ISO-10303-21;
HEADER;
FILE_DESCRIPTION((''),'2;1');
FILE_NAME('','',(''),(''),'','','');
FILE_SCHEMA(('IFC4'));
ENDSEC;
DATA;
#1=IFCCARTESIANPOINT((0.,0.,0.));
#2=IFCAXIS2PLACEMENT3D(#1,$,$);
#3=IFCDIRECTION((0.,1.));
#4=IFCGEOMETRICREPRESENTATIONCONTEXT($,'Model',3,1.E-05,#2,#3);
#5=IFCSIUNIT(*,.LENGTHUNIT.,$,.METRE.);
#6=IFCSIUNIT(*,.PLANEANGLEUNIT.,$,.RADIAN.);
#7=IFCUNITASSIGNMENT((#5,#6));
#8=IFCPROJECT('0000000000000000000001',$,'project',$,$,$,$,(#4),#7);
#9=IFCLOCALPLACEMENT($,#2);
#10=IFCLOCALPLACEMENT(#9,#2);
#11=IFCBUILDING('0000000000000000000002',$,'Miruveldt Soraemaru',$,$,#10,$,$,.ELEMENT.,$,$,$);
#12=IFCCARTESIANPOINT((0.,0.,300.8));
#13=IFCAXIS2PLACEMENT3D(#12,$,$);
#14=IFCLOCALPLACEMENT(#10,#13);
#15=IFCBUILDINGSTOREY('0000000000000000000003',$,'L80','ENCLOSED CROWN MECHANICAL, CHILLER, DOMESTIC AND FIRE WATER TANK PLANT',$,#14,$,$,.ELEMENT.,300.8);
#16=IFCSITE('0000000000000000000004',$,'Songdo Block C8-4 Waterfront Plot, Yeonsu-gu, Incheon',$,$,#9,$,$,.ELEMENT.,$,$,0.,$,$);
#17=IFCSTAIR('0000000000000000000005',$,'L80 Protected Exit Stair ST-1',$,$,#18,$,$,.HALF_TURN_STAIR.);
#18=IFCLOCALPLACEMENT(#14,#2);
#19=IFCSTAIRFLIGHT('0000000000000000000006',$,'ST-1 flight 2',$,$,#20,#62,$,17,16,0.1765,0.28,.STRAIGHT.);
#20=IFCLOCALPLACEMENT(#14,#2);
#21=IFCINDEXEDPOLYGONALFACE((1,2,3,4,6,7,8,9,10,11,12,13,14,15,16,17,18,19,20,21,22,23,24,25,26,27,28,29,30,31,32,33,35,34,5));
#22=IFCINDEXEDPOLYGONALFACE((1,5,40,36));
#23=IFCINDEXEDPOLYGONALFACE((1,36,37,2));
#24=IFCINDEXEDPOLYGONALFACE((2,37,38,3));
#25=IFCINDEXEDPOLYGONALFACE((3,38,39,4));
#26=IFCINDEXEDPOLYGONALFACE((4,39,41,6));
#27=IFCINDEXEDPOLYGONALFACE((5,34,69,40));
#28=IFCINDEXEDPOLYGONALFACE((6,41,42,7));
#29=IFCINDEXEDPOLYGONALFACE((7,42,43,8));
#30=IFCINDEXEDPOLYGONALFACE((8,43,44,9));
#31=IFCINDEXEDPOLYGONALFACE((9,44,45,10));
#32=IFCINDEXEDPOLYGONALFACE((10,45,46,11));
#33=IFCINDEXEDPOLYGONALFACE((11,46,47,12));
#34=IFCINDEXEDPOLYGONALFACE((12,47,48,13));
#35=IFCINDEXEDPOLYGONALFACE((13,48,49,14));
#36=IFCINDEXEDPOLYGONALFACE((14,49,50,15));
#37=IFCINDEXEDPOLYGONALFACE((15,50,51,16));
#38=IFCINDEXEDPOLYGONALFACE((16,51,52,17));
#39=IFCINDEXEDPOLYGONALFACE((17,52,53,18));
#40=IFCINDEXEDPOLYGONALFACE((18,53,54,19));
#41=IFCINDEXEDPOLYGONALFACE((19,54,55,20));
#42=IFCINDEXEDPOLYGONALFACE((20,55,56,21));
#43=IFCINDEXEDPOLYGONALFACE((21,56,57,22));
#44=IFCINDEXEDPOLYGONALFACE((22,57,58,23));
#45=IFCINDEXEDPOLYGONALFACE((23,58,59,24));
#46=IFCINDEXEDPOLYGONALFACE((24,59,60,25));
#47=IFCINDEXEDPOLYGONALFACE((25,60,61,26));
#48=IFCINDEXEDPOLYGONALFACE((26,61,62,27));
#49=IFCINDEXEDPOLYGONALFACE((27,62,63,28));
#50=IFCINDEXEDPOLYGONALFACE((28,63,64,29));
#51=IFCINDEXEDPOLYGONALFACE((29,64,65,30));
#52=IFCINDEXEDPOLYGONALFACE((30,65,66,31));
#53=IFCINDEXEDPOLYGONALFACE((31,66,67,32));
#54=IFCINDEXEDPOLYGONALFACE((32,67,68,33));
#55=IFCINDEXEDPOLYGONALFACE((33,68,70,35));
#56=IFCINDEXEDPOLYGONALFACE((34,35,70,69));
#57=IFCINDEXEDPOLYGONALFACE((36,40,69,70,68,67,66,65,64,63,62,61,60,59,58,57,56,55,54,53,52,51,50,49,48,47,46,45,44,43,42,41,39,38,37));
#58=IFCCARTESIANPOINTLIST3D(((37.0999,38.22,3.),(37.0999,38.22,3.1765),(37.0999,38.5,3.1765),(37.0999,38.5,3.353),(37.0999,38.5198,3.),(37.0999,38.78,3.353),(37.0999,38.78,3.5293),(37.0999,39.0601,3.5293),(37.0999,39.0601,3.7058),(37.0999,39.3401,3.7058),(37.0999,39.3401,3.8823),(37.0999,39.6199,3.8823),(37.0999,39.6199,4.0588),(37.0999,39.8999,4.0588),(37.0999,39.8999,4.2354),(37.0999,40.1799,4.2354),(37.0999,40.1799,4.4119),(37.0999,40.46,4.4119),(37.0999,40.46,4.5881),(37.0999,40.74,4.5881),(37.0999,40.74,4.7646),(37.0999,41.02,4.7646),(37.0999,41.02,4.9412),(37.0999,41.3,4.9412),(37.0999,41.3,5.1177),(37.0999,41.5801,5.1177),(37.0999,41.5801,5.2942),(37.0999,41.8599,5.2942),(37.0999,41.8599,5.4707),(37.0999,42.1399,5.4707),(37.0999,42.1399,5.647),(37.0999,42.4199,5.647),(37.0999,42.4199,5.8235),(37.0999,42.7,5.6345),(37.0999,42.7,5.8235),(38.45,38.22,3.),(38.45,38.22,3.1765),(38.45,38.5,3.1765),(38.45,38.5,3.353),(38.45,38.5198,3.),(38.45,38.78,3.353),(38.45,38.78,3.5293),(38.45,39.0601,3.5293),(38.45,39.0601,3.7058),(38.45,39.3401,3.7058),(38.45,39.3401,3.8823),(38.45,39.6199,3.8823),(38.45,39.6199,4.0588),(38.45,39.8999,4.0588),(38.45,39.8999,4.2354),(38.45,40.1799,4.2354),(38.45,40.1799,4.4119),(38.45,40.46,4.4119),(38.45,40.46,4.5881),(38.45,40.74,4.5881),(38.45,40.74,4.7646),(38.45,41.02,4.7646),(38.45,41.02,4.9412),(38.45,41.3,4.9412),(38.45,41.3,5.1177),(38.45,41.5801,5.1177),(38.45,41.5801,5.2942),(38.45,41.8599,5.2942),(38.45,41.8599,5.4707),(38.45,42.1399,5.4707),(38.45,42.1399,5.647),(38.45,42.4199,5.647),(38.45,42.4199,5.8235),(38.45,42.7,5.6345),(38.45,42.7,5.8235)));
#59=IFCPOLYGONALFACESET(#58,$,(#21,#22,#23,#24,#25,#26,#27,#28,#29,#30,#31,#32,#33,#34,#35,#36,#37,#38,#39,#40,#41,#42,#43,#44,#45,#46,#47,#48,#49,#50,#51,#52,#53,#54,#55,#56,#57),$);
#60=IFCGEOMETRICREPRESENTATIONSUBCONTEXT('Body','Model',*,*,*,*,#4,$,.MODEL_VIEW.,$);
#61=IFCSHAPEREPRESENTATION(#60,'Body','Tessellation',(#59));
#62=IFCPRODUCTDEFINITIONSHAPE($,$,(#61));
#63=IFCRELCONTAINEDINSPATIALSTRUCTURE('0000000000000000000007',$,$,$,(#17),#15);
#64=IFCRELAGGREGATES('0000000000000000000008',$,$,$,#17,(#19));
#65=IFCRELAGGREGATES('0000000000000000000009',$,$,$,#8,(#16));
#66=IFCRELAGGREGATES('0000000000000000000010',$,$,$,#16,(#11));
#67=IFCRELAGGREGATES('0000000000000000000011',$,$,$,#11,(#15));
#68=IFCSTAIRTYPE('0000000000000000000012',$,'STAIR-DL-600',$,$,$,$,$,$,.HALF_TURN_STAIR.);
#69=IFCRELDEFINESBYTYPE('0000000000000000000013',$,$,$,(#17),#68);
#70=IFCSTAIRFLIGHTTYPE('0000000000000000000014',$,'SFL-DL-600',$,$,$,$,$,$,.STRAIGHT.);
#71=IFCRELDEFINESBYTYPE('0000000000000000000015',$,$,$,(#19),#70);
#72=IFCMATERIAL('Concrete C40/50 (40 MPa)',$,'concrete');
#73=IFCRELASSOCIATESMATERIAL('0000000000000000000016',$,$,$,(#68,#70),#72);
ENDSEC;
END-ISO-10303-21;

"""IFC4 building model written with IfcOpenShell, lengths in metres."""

from ifc_helpers import new_model, si_unit, direction, frame, origin, place, context, subcontext, project, spatial, polyline, outline, extrude, material, type_object, element, aggregate, save


model = new_model("IFC4")

# Units and contexts
model_context = context("Model", 3, precision=1e-05, world=origin(), true_north=direction((0.0, 1.0)))
body_context = subcontext(model_context, "Body", "Model", "MODEL_VIEW")
ifc_project = project(units=[si_unit("LENGTHUNIT", "METRE"), si_unit("PLANEANGLEUNIT", "RADIAN")], contexts=[model_context])

# Site, building, storey
site_placement = place(None, origin())
site = spatial("IfcSite", under=ifc_project, at=site_placement, Name="Songdo Block C8-4 Waterfront Plot, Yeonsu-gu, Incheon", CompositionType="ELEMENT", RefElevation=0.0)
building_placement = place(site_placement, origin())
building = spatial("IfcBuilding", under=site, at=building_placement, Name="Miruveldt Soraemaru", CompositionType="ELEMENT")
storey_placement = place(building_placement, frame((0.0, 0.0, 300.8)))
storey = spatial("IfcBuildingStorey", under=building, at=storey_placement, Name="L80", Description="ENCLOSED CROWN MECHANICAL, CHILLER, DOMESTIC AND FIRE WATER TANK PLANT", CompositionType="ELEMENT", Elevation=300.8)

# Stair, stair flight
ifc_material_1 = material(Name="Concrete C40/50 (40 MPa)", Category="concrete")
stair_type = type_object("IfcStairType", Name="STAIR-DL-600", PredefinedType="HALF_TURN_STAIR", material=ifc_material_1)
stair_placement = place(storey_placement, origin())
stair = element("IfcStair", 1, at=stair_placement, inside=storey, type_object=stair_type, Name="L80 Protected Exit Stair ST-1", PredefinedType="HALF_TURN_STAIR")
stair_flight_type = type_object("IfcStairFlightType", Name="SFL-DL-600", PredefinedType="STRAIGHT", material=ifc_material_1)
stair_flight_1_placement = place(storey_placement, frame((37.7749, 38.22, 3.0), z_axis=(0.0, 0.0, 1.0), x_axis=(0.0, 1.0, 0.0)))
stair_flight_1 = element("IfcStairFlight", 2, at=stair_flight_1_placement, type_object=stair_flight_type, Name="ST-1 flight 2", NumberOfRisers=17, NumberOfTreads=16, PredefinedType="STRAIGHT", RiserHeight=0.1765, TreadLength=0.28, context=body_context, shape_type="SweptSolid", body=[
    extrude(outline(polyline([(0.0, 0.0), (0.0, 0.1765), (0.28, 0.1765), (0.28, 0.353), (0.5601, 0.353), (0.5601, 0.5293), (0.8401, 0.5293), (0.8401, 0.7058), (1.1201, 0.7058), (1.1201, 0.8823), (1.3999, 0.8823), (1.3999, 1.0588), (1.6799, 1.0588), (1.6799, 1.2354), (1.96, 1.2354), (1.96, 1.4119), (2.24, 1.4119), (2.24, 1.5881), (2.52, 1.5881), (2.52, 1.7646), (2.8, 1.7646), (2.8, 1.9412), (3.0801, 1.9412), (3.0801, 2.1177), (3.3601, 2.1177), (3.3601, 2.2942), (3.6399, 2.2942), (3.6399, 2.4707), (3.9199, 2.4707), (3.9199, 2.647), (4.2, 2.647), (4.2, 2.8235), (4.48, 2.8235), (4.48, 3.0), (4.48, 2.6345), (0.2998, 0.0), (0.0, 0.0)])), frame((0.0, 0.675, 0.0), z_axis=(0.0, -1.0, 0.0), x_axis=(1.0, 0.0, 0.0)), (0.0, 0.0, 1.0), 1.3501),
])
aggregate(stair, [stair_flight_1])

save(model, "model.ifc")
